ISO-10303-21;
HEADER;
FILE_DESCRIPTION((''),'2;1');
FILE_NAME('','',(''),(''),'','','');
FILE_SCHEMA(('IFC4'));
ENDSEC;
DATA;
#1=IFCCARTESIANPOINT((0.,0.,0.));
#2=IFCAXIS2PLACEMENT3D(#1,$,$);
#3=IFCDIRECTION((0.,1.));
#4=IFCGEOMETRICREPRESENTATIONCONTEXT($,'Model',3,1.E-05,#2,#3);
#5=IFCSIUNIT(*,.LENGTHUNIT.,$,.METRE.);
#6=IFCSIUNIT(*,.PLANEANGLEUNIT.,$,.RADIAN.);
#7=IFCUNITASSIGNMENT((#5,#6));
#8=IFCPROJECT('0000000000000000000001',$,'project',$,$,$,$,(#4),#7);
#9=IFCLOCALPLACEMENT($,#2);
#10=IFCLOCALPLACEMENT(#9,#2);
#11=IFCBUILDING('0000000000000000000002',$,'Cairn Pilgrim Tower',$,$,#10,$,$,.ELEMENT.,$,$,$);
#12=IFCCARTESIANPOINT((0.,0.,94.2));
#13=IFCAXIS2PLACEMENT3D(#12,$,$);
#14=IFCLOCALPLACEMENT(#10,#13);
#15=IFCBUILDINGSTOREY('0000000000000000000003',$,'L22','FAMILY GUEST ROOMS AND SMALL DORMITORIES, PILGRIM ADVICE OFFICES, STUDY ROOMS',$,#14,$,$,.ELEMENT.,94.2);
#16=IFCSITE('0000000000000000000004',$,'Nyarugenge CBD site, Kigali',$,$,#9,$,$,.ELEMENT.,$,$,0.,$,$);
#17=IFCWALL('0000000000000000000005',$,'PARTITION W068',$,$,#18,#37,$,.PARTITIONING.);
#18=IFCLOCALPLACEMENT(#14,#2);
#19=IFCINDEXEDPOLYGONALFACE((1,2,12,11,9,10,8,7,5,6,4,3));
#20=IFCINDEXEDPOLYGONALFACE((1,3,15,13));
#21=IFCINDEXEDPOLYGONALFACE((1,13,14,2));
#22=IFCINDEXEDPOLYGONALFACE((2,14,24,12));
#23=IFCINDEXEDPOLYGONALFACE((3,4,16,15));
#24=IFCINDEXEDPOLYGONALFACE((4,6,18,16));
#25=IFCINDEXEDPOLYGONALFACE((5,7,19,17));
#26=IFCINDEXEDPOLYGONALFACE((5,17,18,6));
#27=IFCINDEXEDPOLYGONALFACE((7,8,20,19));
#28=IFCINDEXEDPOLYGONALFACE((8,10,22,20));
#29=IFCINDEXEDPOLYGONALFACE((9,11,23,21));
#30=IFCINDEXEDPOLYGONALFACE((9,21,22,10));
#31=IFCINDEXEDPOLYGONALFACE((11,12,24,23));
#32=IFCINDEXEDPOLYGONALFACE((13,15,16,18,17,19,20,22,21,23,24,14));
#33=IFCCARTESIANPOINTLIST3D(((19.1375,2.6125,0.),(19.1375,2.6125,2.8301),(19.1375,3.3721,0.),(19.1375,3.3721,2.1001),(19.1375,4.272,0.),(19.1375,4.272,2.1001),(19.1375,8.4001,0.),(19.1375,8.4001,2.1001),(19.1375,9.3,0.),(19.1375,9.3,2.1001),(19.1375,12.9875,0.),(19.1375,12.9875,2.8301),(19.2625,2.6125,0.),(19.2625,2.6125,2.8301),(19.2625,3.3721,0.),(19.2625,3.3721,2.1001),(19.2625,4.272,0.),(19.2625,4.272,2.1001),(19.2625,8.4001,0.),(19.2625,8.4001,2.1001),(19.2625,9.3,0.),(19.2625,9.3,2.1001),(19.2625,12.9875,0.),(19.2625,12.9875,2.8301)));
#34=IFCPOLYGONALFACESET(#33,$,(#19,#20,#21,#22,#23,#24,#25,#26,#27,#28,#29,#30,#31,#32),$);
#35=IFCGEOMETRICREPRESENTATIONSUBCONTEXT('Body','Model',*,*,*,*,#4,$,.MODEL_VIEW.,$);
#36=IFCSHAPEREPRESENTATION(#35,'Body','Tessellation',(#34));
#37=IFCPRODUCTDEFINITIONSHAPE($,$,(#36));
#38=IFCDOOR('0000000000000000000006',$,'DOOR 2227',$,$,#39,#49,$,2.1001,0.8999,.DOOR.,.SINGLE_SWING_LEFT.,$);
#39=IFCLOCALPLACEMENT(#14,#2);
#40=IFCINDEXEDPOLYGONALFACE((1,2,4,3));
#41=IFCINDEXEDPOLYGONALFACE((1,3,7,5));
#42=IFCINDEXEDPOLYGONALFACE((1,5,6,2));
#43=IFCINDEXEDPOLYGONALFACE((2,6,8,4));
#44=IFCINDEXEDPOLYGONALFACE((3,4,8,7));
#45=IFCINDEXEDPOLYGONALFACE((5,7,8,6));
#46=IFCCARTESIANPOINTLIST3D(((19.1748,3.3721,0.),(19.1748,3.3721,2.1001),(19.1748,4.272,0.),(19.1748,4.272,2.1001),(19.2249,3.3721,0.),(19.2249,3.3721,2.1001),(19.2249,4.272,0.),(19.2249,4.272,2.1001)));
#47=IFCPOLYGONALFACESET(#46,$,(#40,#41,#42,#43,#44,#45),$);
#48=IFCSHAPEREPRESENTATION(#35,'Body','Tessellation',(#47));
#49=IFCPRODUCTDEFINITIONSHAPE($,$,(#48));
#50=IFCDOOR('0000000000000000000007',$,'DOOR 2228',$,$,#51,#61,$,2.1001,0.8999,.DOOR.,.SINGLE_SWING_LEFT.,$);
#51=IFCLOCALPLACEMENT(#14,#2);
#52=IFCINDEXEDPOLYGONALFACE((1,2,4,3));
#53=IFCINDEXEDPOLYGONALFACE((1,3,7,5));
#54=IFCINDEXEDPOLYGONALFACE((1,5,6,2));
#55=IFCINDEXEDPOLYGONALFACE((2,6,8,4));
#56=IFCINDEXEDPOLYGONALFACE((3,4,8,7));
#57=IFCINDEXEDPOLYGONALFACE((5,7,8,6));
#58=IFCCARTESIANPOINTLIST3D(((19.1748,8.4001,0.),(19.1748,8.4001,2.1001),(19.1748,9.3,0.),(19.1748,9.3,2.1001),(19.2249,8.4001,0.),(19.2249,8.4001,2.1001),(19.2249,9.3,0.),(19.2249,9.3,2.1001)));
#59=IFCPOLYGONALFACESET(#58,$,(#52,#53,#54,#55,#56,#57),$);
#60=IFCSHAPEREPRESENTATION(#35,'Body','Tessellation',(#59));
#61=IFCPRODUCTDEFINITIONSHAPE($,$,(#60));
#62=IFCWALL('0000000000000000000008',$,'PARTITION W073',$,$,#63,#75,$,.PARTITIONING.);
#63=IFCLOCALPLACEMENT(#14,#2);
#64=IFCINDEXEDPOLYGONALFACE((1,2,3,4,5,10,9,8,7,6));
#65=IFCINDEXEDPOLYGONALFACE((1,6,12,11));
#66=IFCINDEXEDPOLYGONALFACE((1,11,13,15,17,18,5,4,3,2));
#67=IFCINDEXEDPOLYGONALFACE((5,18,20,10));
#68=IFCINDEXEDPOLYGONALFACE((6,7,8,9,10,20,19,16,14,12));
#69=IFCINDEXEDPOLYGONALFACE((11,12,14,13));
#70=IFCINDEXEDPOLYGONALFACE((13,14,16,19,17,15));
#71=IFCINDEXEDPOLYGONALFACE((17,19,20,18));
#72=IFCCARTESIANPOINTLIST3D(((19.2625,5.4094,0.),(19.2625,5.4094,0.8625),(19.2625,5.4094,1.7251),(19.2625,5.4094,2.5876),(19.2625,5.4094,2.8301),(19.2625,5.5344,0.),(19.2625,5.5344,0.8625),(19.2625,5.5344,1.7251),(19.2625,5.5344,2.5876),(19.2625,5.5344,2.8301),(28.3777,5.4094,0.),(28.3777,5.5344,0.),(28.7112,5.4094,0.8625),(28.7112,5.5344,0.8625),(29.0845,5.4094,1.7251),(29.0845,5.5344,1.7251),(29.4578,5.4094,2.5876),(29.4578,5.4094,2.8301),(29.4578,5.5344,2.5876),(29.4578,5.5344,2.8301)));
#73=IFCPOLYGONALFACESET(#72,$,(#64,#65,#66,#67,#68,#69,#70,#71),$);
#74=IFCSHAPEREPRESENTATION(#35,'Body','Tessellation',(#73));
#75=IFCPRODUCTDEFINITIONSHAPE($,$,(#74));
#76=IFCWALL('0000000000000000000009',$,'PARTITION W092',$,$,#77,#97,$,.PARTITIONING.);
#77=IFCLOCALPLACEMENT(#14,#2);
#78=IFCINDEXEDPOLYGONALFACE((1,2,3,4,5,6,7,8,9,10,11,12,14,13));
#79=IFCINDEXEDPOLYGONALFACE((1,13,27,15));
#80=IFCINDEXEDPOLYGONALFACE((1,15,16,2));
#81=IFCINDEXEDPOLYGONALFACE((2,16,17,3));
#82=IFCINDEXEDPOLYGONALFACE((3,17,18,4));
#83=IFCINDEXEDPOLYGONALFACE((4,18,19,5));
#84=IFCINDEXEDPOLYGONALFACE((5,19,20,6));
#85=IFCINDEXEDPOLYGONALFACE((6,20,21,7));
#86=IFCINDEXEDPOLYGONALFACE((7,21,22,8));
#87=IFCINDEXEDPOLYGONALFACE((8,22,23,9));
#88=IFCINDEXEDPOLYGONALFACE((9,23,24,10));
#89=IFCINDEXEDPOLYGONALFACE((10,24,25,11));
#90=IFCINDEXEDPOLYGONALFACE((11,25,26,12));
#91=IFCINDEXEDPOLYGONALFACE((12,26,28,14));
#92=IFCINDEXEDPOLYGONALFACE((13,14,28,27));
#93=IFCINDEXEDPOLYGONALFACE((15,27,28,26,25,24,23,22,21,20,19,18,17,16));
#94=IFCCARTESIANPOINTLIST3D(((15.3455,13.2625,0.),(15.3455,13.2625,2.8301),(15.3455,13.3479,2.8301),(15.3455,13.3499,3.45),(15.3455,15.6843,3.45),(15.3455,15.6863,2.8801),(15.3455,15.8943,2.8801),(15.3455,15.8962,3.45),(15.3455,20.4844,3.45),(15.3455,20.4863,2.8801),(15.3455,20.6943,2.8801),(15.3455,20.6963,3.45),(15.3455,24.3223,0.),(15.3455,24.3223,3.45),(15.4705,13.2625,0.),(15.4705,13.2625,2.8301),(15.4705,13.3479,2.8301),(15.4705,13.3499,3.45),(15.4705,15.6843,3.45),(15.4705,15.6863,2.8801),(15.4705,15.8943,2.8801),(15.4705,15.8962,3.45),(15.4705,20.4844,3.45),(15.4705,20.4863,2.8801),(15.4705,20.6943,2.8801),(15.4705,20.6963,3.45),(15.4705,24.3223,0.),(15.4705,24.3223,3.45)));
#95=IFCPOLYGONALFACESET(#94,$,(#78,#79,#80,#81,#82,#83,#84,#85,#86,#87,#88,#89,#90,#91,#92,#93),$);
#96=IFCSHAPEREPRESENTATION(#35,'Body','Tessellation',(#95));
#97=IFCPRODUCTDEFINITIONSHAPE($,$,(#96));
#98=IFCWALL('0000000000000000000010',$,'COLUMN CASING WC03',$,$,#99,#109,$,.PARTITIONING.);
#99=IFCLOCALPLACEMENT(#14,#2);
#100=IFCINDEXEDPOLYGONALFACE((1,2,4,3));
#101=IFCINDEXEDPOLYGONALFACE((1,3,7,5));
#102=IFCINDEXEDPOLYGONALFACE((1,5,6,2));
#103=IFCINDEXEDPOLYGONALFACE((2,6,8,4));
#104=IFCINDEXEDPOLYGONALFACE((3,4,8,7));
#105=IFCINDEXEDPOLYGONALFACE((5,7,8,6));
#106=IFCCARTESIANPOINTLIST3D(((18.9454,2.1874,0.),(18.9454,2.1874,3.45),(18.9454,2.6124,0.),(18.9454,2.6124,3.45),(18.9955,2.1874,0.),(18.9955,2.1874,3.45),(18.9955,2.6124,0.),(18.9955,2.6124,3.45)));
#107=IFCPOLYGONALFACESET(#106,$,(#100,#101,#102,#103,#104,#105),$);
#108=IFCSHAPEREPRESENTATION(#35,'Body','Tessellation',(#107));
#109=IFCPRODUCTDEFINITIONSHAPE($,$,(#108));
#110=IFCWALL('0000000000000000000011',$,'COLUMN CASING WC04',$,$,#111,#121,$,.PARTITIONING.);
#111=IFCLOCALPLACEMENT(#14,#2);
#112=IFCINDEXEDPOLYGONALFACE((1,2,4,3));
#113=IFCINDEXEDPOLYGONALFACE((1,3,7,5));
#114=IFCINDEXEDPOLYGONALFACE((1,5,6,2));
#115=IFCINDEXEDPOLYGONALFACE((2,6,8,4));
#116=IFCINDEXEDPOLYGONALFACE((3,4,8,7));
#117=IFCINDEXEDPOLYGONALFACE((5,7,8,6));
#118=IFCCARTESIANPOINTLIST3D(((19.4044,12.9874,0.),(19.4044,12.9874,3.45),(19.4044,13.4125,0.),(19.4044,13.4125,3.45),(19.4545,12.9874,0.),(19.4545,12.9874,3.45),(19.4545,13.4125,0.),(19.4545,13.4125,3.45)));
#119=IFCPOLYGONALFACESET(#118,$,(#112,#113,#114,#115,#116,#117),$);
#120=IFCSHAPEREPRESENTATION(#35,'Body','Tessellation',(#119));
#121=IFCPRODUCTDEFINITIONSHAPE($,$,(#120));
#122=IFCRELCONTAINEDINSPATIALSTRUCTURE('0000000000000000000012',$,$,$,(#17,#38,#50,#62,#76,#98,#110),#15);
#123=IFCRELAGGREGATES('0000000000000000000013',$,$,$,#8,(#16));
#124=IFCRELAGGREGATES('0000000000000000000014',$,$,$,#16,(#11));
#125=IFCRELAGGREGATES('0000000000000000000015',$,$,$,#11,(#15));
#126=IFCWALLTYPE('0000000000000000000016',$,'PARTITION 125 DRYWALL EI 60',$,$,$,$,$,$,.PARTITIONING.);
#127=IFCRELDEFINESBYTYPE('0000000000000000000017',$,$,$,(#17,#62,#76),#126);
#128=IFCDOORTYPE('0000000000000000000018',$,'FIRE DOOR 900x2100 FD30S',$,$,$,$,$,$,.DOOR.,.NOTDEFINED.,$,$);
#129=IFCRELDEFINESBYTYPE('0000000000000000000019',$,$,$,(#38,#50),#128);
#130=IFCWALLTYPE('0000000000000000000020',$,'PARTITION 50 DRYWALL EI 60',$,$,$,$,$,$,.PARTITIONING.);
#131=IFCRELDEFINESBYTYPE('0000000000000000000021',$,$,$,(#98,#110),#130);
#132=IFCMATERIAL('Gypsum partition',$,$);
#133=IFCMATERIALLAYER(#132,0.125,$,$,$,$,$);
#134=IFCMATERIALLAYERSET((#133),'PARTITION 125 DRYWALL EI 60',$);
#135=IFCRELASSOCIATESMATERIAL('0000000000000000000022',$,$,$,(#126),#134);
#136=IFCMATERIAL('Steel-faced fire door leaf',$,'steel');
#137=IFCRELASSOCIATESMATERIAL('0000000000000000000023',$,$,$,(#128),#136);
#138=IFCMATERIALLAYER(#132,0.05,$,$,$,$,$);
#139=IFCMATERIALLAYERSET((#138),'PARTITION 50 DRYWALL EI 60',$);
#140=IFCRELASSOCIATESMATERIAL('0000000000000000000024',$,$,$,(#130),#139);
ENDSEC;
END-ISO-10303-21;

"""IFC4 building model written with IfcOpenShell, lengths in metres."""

from ifc_helpers import new_model, si_unit, direction, frame, frame_2d, origin, place, context, subcontext, project, spatial, polyline, rectangle, outline, extrude, material, layer, layer_set, type_object, element, fill, save


model = new_model("IFC4")

# Units and contexts
model_context = context("Model", 3, precision=1e-05, world=origin(), true_north=direction((0.0, 1.0)))
body_context = subcontext(model_context, "Body", "Model", "MODEL_VIEW")
ifc_project = project(units=[si_unit("LENGTHUNIT", "METRE"), si_unit("PLANEANGLEUNIT", "RADIAN")], contexts=[model_context])

# Site, building, storey
site_placement = place(None, origin())
site = spatial("IfcSite", under=ifc_project, at=site_placement, Name="Nyarugenge CBD site, Kigali", CompositionType="ELEMENT", RefElevation=0.0)
building_placement = place(site_placement, origin())
building = spatial("IfcBuilding", under=site, at=building_placement, Name="Cairn Pilgrim Tower", CompositionType="ELEMENT")
storey_placement = place(building_placement, frame((0.0, 0.0, 94.2)))
storey = spatial("IfcBuildingStorey", under=building, at=storey_placement, Name="L22", Description="FAMILY GUEST ROOMS AND SMALL DORMITORIES, PILGRIM ADVICE OFFICES, STUDY ROOMS", CompositionType="ELEMENT", Elevation=94.2)

# Shared definitions
ifc_material_1 = material(Name="Gypsum partition")

# Wall, openings, doors
ifc_layer_1 = layer(ifc_material_1, 0.125)
ifc_layer_set_1 = layer_set([ifc_layer_1], Name="PARTITION 125 DRYWALL EI 60")
wall_type_1 = type_object("IfcWallType", Name="PARTITION 125 DRYWALL EI 60", PredefinedType="PARTITIONING", material=ifc_layer_set_1)
wall_1_placement = place(storey_placement, frame((19.2, 2.6125, 0.0), z_axis=(0.0, 0.0, 1.0), x_axis=(0.0, 1.0, 0.0)))
wall_1 = element("IfcWall", 1, at=wall_1_placement, inside=storey, type_object=wall_type_1, Name="PARTITION W068", PredefinedType="PARTITIONING", context=body_context, shape_type="SweptSolid", body=[
    extrude(rectangle(XDim=10.375, YDim=0.125, at=frame_2d((5.1875, 0.0))), origin(), (0.0, 0.0, 1.0), 2.8301),
])
opening_1_placement = place(wall_1_placement, frame((0.7595, 0.0, 0.0)))
opening_1 = element("IfcOpeningElement", 2, at=opening_1_placement, cuts=wall_1, PredefinedType="OPENING", context=body_context, shape_type="SweptSolid", body=[
    extrude(rectangle(XDim=0.8999, YDim=2.1001, at=frame_2d((0.45, 1.05))), frame((0.0, 0.0725, 0.0), z_axis=(0.0, -1.0, 0.0), x_axis=(1.0, 0.0, 0.0)), (0.0, 0.0, 1.0), 0.145),
])
opening_2_placement = place(wall_1_placement, frame((5.7876, 0.0, 0.0)))
opening_2 = element("IfcOpeningElement", 3, at=opening_2_placement, cuts=wall_1, PredefinedType="OPENING", context=body_context, shape_type="SweptSolid", body=[
    extrude(rectangle(XDim=0.8999, YDim=2.1001, at=frame_2d((0.45, 1.05))), frame((0.0, 0.0725, 0.0), z_axis=(0.0, -1.0, 0.0), x_axis=(1.0, 0.0, 0.0)), (0.0, 0.0, 1.0), 0.145),
])
ifc_material_2 = material(Name="Steel-faced fire door leaf", Category="steel")
door_type_1 = type_object("IfcDoorType", Name="FIRE DOOR 900x2100 FD30S", OperationType="NOTDEFINED", PredefinedType="DOOR", material=ifc_material_2)
door_1_placement = place(opening_1_placement, frame((0.8999, 0.0, 0.0), z_axis=(0.0, 0.0, 1.0), x_axis=(-1.0, 0.0, 0.0)))
door_1 = element("IfcDoor", 4, at=door_1_placement, inside=storey, type_object=door_type_1, Name="DOOR 2227", OperationType="SINGLE_SWING_LEFT", OverallHeight=2.1001, OverallWidth=0.8999, PredefinedType="DOOR", context=body_context, shape_type="SweptSolid", body=[
    extrude(rectangle(XDim=0.8999, YDim=2.1001, at=frame_2d((0.45, 1.05))), frame((0.0, 0.0249, 0.0), z_axis=(0.0, -1.0, 0.0), x_axis=(1.0, 0.0, 0.0)), (0.0, 0.0, 1.0), 0.05),
])
fill(opening_1, door_1)
door_2_placement = place(opening_2_placement, frame((0.8999, 0.0, 0.0), z_axis=(0.0, 0.0, 1.0), x_axis=(-1.0, 0.0, 0.0)))
door_2 = element("IfcDoor", 5, at=door_2_placement, inside=storey, type_object=door_type_1, Name="DOOR 2228", OperationType="SINGLE_SWING_LEFT", OverallHeight=2.1001, OverallWidth=0.8999, PredefinedType="DOOR", context=body_context, shape_type="SweptSolid", body=[
    extrude(rectangle(XDim=0.8999, YDim=2.1001, at=frame_2d((0.45, 1.05))), frame((0.0, 0.0249, 0.0), z_axis=(0.0, -1.0, 0.0), x_axis=(1.0, 0.0, 0.0)), (0.0, 0.0, 1.0), 0.05),
])
fill(opening_2, door_2)

# Walls
wall_2_placement = place(storey_placement, frame((19.2625, 5.4719, 0.0), z_axis=(0.0, 0.0, 1.0), x_axis=(1.0, 0.0, 0.0)))
element("IfcWall", 6, at=wall_2_placement, inside=storey, type_object=wall_type_1, Name="PARTITION W073", PredefinedType="PARTITIONING", context=body_context, shape_type="SweptSolid", body=[
    extrude(outline(polyline([(0.0, 0.0), (9.1152, 0.0), (9.4487, 0.8625), (9.822, 1.7251), (10.1953, 2.5876), (10.1953, 2.8301), (0.0, 2.8301), (0.0, 2.5876), (0.0, 1.7251), (0.0, 0.8625), (0.0, 0.0)])), frame((0.0, 0.0625, 0.0), z_axis=(0.0, -1.0, 0.0), x_axis=(1.0, 0.0, 0.0)), (0.0, 0.0, 1.0), 0.125),
])
wall_3_placement = place(storey_placement, frame((15.408, 13.2625, 0.0), z_axis=(0.0, 0.0, 1.0), x_axis=(0.0, 1.0, 0.0)))
element("IfcWall", 7, at=wall_3_placement, inside=storey, type_object=wall_type_1, Name="PARTITION W092", PredefinedType="PARTITIONING", context=body_context, shape_type="SweptSolid", body=[
    extrude(outline(polyline([(0.0, 0.0), (11.0598, 0.0), (11.0598, 3.45), (7.4338, 3.45), (7.4319, 2.8801), (7.2239, 2.8801), (7.2219, 3.45), (2.6338, 3.45), (2.6318, 2.8801), (2.4238, 2.8801), (2.4219, 3.45), (0.0874, 3.45), (0.0854, 2.8301), (0.0, 2.8301), (0.0, 0.0)])), frame((0.0, 0.0625, 0.0), z_axis=(0.0, -1.0, 0.0), x_axis=(1.0, 0.0, 0.0)), (0.0, 0.0, 1.0), 0.125),
])
ifc_layer_2 = layer(ifc_material_1, 0.05)
ifc_layer_set_2 = layer_set([ifc_layer_2], Name="PARTITION 50 DRYWALL EI 60")
wall_type_2 = type_object("IfcWallType", Name="PARTITION 50 DRYWALL EI 60", PredefinedType="PARTITIONING", material=ifc_layer_set_2)
for number, where, z_axis, x_axis, name in (
    (8, (18.9705, 2.1875, 0.0), (0.0, 0.0, 1.0), (0.0, 1.0, 0.0), "COLUMN CASING WC03"),
    (9, (19.4294, 12.9875, 0.0), (0.0, 0.0, 1.0), (0.0, 1.0, 0.0), "COLUMN CASING WC04"),
):
    element("IfcWall", number, at=place(storey_placement, frame(where, z_axis=z_axis, x_axis=x_axis)), inside=storey, type_object=wall_type_2, Name=name, PredefinedType="PARTITIONING", context=body_context, shape_type="SweptSolid", body=[
        extrude(rectangle(XDim=0.425, YDim=0.05, at=frame_2d((0.2124, 0.0))), origin(), (0.0, 0.0, 1.0), 3.45),
    ])

save(model, "model.ifc")
